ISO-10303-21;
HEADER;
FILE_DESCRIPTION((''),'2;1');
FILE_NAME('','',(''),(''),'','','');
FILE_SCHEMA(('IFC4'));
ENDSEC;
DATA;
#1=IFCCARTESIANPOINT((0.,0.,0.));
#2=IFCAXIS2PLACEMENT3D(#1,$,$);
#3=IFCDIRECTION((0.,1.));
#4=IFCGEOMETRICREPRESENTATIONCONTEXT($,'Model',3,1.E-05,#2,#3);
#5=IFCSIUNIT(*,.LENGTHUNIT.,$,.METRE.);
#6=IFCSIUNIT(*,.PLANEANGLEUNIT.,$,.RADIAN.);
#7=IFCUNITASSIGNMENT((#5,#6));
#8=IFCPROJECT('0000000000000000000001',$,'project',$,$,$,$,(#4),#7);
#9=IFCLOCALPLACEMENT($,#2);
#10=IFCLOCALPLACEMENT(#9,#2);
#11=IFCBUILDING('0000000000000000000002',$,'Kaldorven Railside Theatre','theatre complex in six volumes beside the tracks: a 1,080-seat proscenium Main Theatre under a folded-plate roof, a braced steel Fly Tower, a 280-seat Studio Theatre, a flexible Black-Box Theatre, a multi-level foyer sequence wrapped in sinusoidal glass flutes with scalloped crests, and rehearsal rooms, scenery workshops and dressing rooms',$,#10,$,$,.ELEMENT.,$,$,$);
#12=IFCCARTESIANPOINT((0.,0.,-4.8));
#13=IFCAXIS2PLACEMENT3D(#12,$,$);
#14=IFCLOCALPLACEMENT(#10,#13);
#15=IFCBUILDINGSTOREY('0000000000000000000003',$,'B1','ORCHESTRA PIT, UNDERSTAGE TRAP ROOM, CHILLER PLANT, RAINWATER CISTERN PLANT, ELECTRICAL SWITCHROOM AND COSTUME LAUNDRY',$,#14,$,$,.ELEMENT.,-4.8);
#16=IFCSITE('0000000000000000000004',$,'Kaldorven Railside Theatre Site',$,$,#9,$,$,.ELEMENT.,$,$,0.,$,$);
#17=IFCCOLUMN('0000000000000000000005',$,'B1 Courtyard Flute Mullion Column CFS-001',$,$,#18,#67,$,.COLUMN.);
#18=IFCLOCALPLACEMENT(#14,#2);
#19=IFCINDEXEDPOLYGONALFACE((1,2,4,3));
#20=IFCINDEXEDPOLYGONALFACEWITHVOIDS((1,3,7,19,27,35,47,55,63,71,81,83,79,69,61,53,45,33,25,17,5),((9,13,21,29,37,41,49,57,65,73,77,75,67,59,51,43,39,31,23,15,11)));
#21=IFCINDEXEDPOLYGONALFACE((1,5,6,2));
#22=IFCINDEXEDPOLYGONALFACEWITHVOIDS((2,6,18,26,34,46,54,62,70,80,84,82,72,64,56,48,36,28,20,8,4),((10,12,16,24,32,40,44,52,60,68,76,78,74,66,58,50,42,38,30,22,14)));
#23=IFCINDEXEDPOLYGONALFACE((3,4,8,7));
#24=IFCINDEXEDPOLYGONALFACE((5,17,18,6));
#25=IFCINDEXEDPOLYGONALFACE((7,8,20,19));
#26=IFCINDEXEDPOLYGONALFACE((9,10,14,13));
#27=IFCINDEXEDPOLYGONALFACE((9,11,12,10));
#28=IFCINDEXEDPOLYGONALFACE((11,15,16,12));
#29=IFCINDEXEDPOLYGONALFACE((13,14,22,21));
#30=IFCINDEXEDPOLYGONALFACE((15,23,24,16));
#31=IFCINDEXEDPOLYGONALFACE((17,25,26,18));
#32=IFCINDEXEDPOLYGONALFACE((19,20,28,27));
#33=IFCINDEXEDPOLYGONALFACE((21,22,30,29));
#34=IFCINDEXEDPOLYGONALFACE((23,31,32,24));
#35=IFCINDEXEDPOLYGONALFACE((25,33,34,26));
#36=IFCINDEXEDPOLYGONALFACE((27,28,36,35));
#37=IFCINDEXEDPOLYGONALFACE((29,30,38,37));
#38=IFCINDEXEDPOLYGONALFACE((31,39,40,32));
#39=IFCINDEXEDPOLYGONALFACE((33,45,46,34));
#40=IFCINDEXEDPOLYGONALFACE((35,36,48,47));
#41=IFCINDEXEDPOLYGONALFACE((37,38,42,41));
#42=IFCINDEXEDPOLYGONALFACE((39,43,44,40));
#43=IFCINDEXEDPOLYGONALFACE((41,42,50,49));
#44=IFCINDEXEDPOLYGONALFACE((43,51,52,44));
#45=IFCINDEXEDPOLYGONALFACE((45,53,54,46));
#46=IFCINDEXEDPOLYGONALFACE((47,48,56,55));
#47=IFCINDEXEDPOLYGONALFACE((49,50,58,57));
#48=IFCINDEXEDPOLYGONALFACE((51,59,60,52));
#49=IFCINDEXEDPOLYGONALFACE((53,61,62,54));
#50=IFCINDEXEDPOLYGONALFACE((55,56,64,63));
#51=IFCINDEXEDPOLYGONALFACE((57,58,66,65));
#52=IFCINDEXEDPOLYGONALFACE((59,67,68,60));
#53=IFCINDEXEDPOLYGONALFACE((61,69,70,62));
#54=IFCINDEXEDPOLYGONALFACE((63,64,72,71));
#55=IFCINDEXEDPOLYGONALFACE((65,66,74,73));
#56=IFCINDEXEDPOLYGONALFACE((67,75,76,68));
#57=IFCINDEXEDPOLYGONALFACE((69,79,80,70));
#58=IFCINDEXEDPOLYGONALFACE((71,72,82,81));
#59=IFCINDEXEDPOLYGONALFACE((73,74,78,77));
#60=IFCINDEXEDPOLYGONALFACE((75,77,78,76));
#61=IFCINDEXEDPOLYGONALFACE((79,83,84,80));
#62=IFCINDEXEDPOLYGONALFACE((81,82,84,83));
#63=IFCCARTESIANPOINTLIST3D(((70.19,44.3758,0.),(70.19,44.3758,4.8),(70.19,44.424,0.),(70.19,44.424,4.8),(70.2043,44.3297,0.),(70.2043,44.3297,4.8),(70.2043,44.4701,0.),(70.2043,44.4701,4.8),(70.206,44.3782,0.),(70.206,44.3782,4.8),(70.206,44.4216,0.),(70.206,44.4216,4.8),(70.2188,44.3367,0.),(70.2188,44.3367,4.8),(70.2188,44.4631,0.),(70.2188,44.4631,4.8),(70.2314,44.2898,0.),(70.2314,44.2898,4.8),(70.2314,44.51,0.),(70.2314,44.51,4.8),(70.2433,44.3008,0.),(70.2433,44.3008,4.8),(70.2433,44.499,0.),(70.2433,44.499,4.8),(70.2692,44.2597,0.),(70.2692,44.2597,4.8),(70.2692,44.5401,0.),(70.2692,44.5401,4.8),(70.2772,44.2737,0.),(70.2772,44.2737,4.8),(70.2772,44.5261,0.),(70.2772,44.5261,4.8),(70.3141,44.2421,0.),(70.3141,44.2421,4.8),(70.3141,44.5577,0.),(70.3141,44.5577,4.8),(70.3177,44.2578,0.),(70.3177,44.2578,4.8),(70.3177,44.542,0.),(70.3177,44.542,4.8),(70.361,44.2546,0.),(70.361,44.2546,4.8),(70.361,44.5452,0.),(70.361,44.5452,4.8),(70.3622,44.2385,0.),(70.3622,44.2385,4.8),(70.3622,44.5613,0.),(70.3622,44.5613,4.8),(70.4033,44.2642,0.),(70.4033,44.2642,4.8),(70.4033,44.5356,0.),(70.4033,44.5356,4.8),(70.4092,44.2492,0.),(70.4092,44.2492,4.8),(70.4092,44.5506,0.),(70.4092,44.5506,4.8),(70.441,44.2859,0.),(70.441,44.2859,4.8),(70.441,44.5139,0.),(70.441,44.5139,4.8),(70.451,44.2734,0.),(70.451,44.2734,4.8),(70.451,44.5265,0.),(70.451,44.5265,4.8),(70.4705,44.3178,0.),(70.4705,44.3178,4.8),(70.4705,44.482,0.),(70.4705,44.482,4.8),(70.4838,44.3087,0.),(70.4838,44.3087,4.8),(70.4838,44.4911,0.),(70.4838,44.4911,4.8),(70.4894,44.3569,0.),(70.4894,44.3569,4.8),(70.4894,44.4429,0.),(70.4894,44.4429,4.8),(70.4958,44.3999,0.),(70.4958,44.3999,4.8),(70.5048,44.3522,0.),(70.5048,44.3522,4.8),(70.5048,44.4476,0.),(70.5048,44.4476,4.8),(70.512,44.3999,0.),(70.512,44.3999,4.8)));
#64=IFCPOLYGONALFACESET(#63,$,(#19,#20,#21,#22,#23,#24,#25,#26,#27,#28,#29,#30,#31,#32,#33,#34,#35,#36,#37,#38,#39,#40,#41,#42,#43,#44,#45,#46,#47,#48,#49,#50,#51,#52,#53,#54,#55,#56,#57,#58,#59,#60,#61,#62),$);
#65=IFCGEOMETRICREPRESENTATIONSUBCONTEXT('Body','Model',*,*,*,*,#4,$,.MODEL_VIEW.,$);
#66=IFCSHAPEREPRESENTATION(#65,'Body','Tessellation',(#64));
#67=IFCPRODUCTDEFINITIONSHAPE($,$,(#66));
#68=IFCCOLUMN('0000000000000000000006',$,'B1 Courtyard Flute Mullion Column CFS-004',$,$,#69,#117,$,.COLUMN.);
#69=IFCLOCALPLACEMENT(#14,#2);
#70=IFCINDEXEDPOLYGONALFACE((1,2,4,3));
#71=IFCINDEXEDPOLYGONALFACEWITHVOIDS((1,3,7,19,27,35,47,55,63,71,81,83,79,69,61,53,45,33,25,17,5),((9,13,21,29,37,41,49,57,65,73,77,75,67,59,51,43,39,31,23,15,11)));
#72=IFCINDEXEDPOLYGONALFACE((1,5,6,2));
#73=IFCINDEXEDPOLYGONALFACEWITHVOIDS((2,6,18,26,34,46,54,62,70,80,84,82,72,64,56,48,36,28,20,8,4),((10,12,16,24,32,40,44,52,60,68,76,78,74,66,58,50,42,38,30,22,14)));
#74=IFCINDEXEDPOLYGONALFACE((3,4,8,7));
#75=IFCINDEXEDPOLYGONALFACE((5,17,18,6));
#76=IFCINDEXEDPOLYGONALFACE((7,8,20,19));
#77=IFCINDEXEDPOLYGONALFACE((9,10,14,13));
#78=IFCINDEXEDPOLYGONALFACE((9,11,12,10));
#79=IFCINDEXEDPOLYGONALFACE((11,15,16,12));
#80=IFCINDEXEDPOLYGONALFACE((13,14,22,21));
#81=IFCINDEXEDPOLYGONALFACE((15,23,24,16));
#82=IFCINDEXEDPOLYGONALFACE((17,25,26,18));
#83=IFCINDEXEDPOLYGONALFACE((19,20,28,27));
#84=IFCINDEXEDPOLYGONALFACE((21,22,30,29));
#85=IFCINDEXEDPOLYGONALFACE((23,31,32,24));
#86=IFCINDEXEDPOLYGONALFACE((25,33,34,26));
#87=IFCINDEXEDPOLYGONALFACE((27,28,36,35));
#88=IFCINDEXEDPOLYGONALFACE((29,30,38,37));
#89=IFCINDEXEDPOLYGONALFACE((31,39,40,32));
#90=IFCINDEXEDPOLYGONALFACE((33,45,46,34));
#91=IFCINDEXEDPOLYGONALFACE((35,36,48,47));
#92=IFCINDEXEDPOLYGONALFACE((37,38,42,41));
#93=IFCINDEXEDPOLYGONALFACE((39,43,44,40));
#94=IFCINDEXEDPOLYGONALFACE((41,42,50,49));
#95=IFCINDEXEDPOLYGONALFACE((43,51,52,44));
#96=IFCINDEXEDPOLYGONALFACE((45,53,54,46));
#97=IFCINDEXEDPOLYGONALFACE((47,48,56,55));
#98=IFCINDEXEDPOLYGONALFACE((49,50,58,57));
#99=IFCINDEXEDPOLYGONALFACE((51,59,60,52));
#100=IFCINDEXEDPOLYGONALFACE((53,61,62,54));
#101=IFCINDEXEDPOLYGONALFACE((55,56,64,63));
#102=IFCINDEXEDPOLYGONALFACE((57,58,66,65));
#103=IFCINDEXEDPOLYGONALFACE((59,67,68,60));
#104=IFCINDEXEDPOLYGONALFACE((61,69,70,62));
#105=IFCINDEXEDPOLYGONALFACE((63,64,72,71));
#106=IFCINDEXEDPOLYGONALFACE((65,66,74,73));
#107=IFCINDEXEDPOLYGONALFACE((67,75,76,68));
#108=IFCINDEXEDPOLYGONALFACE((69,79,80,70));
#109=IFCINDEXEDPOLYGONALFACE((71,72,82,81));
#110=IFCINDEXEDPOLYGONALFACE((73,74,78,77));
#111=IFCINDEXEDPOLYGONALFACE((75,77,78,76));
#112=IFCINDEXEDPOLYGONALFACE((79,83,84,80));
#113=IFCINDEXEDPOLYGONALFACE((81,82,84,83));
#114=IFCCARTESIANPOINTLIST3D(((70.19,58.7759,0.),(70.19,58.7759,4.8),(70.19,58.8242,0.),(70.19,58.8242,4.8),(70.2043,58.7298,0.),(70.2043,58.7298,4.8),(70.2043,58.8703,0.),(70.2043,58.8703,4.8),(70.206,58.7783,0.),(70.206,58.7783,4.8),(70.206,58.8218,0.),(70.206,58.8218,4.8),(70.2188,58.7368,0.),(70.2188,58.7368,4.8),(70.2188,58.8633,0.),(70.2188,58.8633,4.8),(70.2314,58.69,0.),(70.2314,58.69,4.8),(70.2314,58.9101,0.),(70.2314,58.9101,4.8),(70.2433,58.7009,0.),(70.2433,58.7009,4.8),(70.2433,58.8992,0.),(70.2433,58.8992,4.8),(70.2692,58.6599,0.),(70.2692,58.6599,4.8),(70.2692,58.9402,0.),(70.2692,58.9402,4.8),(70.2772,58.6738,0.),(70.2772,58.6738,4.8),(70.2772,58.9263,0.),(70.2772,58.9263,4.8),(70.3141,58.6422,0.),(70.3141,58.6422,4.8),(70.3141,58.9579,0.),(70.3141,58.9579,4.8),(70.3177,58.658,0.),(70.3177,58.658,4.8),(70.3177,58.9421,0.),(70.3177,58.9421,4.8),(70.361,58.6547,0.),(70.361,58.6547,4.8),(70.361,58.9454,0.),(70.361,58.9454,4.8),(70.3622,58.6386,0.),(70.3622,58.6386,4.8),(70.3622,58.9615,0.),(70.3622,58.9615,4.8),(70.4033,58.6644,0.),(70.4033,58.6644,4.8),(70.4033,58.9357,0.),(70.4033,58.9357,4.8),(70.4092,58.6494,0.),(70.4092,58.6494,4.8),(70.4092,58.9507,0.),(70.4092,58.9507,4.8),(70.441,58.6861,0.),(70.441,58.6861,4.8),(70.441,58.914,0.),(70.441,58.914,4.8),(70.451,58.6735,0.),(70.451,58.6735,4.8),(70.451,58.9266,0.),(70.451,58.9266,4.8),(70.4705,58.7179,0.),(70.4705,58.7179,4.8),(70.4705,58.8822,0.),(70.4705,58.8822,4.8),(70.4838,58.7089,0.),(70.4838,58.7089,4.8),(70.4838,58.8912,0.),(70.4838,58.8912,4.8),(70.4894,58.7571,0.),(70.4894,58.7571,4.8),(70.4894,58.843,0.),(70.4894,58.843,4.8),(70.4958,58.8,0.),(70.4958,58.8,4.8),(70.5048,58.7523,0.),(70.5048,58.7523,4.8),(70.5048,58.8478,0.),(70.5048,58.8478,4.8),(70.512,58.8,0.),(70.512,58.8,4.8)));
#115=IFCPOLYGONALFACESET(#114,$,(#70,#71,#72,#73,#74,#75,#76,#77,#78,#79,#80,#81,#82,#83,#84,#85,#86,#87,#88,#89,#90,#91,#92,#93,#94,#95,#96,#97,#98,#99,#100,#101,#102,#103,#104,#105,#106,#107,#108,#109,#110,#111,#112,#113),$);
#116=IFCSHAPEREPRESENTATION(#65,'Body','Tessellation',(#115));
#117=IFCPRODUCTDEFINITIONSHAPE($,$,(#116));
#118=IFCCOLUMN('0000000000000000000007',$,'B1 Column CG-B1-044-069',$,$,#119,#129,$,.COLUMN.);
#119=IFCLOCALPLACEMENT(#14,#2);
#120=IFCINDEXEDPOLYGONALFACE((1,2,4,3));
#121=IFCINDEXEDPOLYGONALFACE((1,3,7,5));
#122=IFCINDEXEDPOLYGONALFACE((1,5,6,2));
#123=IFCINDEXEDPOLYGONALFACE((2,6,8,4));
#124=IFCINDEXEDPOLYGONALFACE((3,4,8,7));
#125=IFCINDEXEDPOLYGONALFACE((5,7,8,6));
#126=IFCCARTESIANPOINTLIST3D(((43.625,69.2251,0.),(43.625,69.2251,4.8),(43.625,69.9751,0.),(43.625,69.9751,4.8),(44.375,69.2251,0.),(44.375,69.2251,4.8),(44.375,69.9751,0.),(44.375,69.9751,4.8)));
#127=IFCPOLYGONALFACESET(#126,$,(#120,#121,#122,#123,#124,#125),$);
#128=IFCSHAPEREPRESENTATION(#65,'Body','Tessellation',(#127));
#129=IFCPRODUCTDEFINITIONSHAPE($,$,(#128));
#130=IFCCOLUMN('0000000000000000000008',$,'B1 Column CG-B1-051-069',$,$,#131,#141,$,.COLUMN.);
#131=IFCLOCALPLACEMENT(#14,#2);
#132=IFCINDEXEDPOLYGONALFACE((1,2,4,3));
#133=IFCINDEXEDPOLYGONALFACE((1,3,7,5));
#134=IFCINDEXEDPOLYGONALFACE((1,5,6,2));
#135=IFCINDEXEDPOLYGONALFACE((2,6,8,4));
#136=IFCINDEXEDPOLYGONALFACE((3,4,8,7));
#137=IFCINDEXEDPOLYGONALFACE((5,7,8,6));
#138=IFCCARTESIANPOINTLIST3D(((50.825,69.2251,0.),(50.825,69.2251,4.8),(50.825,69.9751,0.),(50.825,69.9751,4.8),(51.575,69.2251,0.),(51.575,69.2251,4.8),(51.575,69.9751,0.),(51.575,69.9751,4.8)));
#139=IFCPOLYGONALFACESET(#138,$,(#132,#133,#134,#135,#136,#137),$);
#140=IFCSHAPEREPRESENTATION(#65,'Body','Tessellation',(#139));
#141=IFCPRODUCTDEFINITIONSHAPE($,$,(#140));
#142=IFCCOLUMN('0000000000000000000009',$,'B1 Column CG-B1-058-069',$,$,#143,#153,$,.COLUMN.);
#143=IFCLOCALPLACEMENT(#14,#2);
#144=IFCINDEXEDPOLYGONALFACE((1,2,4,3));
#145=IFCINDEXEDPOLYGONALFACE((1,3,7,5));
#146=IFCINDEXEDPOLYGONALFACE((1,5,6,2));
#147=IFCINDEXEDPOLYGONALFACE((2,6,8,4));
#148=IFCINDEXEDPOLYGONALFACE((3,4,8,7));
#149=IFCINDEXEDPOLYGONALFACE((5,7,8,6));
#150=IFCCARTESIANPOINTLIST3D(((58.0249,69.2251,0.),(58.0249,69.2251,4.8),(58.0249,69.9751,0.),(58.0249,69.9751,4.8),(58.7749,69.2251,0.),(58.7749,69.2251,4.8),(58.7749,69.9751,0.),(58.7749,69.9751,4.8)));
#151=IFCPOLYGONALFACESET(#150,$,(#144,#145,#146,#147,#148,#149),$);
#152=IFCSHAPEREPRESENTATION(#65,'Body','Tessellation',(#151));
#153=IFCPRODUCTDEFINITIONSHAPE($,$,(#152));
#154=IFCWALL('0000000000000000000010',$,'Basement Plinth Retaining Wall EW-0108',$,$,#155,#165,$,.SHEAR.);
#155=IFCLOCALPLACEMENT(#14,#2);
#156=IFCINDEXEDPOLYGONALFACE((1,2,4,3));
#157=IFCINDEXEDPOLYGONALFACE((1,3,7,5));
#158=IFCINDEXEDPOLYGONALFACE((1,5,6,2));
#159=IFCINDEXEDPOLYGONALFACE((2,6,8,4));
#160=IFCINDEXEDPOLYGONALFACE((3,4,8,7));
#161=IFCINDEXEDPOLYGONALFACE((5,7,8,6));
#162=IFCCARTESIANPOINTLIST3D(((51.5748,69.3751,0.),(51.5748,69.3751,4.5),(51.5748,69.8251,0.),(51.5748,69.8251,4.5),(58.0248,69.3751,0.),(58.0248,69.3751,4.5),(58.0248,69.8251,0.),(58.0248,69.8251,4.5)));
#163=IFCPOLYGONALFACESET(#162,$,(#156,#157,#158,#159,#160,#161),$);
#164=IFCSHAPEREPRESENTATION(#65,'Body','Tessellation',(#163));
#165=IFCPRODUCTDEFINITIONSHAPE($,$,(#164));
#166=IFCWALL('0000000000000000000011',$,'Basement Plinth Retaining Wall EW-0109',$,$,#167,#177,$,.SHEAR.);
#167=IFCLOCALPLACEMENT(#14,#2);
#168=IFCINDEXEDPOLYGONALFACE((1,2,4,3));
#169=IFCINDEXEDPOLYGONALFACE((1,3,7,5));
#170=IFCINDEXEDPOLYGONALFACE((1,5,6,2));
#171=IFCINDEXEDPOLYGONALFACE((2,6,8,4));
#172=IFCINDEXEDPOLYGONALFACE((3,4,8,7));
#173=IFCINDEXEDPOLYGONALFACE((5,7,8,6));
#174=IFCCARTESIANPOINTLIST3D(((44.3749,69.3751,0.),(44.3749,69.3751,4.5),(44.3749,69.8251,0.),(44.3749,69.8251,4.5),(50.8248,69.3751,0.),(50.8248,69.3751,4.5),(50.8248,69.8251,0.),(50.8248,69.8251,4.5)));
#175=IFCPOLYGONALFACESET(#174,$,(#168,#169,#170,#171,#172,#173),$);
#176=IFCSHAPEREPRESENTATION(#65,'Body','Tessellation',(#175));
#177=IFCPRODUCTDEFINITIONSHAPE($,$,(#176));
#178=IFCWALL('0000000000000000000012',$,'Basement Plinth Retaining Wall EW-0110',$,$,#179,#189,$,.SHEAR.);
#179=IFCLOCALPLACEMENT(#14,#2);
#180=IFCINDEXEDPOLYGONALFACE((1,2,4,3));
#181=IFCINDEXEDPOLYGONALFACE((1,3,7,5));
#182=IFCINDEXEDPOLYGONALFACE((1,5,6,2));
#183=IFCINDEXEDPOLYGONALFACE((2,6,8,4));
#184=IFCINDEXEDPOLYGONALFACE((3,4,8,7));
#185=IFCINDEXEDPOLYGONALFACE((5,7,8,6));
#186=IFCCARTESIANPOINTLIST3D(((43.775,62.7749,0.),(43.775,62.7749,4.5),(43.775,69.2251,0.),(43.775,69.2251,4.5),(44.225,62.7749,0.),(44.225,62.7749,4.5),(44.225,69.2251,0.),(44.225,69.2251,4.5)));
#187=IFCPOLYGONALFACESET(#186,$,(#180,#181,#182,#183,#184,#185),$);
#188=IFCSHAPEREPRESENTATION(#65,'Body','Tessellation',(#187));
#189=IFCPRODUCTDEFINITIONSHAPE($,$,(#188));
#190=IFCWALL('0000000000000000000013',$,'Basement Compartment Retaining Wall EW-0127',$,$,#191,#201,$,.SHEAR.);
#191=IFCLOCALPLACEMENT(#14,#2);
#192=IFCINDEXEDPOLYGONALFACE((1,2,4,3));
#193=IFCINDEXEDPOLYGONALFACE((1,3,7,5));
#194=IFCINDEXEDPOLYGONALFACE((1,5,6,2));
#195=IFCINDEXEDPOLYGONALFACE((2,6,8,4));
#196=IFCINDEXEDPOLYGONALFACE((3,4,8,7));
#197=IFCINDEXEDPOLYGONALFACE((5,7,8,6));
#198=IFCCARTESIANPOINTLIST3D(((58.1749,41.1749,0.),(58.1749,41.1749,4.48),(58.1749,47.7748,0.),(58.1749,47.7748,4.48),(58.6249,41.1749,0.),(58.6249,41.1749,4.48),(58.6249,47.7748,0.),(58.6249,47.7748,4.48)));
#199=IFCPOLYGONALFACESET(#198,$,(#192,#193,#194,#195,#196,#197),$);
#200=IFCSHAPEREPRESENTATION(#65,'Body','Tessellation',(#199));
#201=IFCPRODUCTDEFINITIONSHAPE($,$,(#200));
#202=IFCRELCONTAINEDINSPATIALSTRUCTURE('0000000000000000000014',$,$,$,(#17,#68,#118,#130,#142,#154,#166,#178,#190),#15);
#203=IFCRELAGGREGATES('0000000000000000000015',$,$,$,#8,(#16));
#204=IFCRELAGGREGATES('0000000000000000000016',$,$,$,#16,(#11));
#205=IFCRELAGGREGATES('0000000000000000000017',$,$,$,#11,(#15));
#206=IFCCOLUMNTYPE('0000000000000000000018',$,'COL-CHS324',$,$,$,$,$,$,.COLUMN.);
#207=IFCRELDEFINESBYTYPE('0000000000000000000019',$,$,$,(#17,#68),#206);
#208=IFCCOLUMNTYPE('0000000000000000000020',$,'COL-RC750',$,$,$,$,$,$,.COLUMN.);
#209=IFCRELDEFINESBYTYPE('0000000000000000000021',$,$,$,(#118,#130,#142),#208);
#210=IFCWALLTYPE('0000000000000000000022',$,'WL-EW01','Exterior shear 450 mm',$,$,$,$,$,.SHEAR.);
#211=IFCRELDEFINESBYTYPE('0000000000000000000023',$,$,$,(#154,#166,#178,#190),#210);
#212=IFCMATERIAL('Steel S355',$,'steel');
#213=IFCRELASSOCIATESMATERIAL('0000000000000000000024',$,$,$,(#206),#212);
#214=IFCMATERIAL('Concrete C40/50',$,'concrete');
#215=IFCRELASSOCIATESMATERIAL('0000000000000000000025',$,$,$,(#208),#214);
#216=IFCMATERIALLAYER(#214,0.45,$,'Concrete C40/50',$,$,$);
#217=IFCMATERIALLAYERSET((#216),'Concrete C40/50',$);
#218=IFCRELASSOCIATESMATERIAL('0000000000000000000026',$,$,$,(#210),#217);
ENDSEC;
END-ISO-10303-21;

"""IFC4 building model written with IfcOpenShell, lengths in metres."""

from ifc_helpers import new_model, si_unit, direction, frame, frame_2d, origin, origin_2d, place, context, subcontext, project, spatial, rectangle, hollow_circle, extrude, material, layer, layer_set, material_profile, profile_set, type_object, element, save


model = new_model("IFC4")

# Units and contexts
model_context = context("Model", 3, precision=1e-05, world=origin(), true_north=direction((0.0, 1.0)))
body_context = subcontext(model_context, "Body", "Model", "MODEL_VIEW")
ifc_project = project(units=[si_unit("LENGTHUNIT", "METRE"), si_unit("PLANEANGLEUNIT", "RADIAN")], contexts=[model_context])

# Site, building, storey
site_placement = place(None, origin())
site = spatial("IfcSite", under=ifc_project, at=site_placement, Name="Kaldorven Railside Theatre Site", CompositionType="ELEMENT", RefElevation=0.0)
building_placement = place(site_placement, origin())
building = spatial("IfcBuilding", under=site, at=building_placement, Name="Kaldorven Railside Theatre", Description="theatre complex in six volumes beside the tracks: a 1,080-seat proscenium Main Theatre under a folded-plate roof, a braced steel Fly Tower, a 280-seat Studio Theatre, a flexible Black-Box Theatre, a multi-level foyer sequence wrapped in sinusoidal glass flutes with scalloped crests, and rehearsal rooms, scenery workshops and dressing rooms", CompositionType="ELEMENT")
storey_placement = place(building_placement, frame((0.0, 0.0, -4.8)))
storey = spatial("IfcBuildingStorey", under=building, at=storey_placement, Name="B1", Description="ORCHESTRA PIT, UNDERSTAGE TRAP ROOM, CHILLER PLANT, RAINWATER CISTERN PLANT, ELECTRICAL SWITCHROOM AND COSTUME LAUNDRY", CompositionType="ELEMENT", Elevation=-4.8)

# Shared definitions
ifc_material_1 = material(Name="Concrete C40/50", Category="concrete")

# Columns
ifc_material_2 = material(Name="Steel S355", Category="steel")
ifc_material_profile_1 = material_profile(ifc_material_2, hollow_circle(Radius=0.1619, WallThickness=0.0161, at=origin_2d()), Name="CHS 323.9x16")
ifc_profile_set_1 = profile_set([ifc_material_profile_1], Name="Steel S355")
column_type_1 = type_object("IfcColumnType", Name="COL-CHS324", PredefinedType="COLUMN", material=ifc_profile_set_1)
for number, where, z_axis, x_axis, name in (
    (1, (70.3501, 44.3999, 0.0), (0.0, 0.0, 1.0), (1.0, 0.0, 0.0), "B1 Courtyard Flute Mullion Column CFS-001"),
    (2, (70.3501, 58.8, 0.0), (0.0, 0.0, 1.0), (1.0, 0.0, 0.0), "B1 Courtyard Flute Mullion Column CFS-004"),
):
    element("IfcColumn", number, at=place(storey_placement, frame(where, z_axis=z_axis, x_axis=x_axis)), inside=storey, type_object=column_type_1, Name=name, PredefinedType="COLUMN", context=body_context, shape_type="SweptSolid", body=[
        extrude(hollow_circle(Radius=0.1619, WallThickness=0.0161, at=origin_2d()), origin(), (0.0, 0.0, 1.0), 4.8),
    ])
ifc_material_profile_2 = material_profile(ifc_material_1, rectangle(XDim=0.75, YDim=0.75, at=origin_2d()), Name="RC 750x750")
ifc_profile_set_2 = profile_set([ifc_material_profile_2], Name="Concrete C40/50")
column_type_2 = type_object("IfcColumnType", Name="COL-RC750", PredefinedType="COLUMN", material=ifc_profile_set_2)
for number, where, z_axis, x_axis, name in (
    (3, (44.0, 69.6001, 0.0), (0.0, 0.0, 1.0), (0.0, 1.0, 0.0), "B1 Column CG-B1-044-069"),
    (4, (51.2, 69.6001, 0.0), (0.0, 0.0, 1.0), (1.0, 0.0, 0.0), "B1 Column CG-B1-051-069"),
    (5, (58.3999, 69.6001, 0.0), (0.0, 0.0, 1.0), (1.0, 0.0, 0.0), "B1 Column CG-B1-058-069"),
):
    element("IfcColumn", number, at=place(storey_placement, frame(where, z_axis=z_axis, x_axis=x_axis)), inside=storey, type_object=column_type_2, Name=name, PredefinedType="COLUMN", context=body_context, shape_type="SweptSolid", body=[
        extrude(rectangle(XDim=0.75, YDim=0.75, at=origin_2d()), origin(), (0.0, 0.0, 1.0), 4.8),
    ])

# Walls
ifc_layer = layer(ifc_material_1, 0.45, Name="Concrete C40/50")
ifc_layer_set = layer_set([ifc_layer], Name="Concrete C40/50")
wall_type = type_object("IfcWallType", Name="WL-EW01", Description="Exterior shear 450 mm", PredefinedType="SHEAR", material=ifc_layer_set)
for number, where, z_axis, x_axis, name in (
    (6, (58.0249, 69.6001, 0.0), (0.0, 0.0, 1.0), (-1.0, 0.0, 0.0), "Basement Plinth Retaining Wall EW-0108"),
    (7, (50.825, 69.6001, 0.0), (0.0, 0.0, 1.0), (-1.0, 0.0, 0.0), "Basement Plinth Retaining Wall EW-0109"),
):
    element("IfcWall", number, at=place(storey_placement, frame(where, z_axis=z_axis, x_axis=x_axis)), inside=storey, type_object=wall_type, Name=name, PredefinedType="SHEAR", context=body_context, shape_type="SweptSolid", body=[
        extrude(rectangle(XDim=6.45, YDim=0.45, at=frame_2d((3.2251, 0.0))), origin(), (0.0, 0.0, 1.0), 4.5),
    ])
wall_1_placement = place(storey_placement, frame((44.0, 69.2251, 0.0), z_axis=(0.0, 0.0, 1.0), x_axis=(0.0, -1.0, 0.0)))
element("IfcWall", 8, at=wall_1_placement, inside=storey, type_object=wall_type, Name="Basement Plinth Retaining Wall EW-0110", PredefinedType="SHEAR", context=body_context, shape_type="SweptSolid", body=[
    extrude(rectangle(XDim=6.4502, YDim=0.45, at=frame_2d((3.2251, 0.0))), origin(), (0.0, 0.0, 1.0), 4.5),
])
wall_2_placement = place(storey_placement, frame((58.3999, 41.175, 0.0), z_axis=(0.0, 0.0, 1.0), x_axis=(0.0, 1.0, 0.0)))
element("IfcWall", 9, at=wall_2_placement, inside=storey, type_object=wall_type, Name="Basement Compartment Retaining Wall EW-0127", PredefinedType="SHEAR", context=body_context, shape_type="SweptSolid", body=[
    extrude(rectangle(XDim=6.5999, YDim=0.45, at=frame_2d((3.2998, 0.0))), origin(), (0.0, 0.0, 1.0), 4.48),
])

save(model, "model.ifc")
